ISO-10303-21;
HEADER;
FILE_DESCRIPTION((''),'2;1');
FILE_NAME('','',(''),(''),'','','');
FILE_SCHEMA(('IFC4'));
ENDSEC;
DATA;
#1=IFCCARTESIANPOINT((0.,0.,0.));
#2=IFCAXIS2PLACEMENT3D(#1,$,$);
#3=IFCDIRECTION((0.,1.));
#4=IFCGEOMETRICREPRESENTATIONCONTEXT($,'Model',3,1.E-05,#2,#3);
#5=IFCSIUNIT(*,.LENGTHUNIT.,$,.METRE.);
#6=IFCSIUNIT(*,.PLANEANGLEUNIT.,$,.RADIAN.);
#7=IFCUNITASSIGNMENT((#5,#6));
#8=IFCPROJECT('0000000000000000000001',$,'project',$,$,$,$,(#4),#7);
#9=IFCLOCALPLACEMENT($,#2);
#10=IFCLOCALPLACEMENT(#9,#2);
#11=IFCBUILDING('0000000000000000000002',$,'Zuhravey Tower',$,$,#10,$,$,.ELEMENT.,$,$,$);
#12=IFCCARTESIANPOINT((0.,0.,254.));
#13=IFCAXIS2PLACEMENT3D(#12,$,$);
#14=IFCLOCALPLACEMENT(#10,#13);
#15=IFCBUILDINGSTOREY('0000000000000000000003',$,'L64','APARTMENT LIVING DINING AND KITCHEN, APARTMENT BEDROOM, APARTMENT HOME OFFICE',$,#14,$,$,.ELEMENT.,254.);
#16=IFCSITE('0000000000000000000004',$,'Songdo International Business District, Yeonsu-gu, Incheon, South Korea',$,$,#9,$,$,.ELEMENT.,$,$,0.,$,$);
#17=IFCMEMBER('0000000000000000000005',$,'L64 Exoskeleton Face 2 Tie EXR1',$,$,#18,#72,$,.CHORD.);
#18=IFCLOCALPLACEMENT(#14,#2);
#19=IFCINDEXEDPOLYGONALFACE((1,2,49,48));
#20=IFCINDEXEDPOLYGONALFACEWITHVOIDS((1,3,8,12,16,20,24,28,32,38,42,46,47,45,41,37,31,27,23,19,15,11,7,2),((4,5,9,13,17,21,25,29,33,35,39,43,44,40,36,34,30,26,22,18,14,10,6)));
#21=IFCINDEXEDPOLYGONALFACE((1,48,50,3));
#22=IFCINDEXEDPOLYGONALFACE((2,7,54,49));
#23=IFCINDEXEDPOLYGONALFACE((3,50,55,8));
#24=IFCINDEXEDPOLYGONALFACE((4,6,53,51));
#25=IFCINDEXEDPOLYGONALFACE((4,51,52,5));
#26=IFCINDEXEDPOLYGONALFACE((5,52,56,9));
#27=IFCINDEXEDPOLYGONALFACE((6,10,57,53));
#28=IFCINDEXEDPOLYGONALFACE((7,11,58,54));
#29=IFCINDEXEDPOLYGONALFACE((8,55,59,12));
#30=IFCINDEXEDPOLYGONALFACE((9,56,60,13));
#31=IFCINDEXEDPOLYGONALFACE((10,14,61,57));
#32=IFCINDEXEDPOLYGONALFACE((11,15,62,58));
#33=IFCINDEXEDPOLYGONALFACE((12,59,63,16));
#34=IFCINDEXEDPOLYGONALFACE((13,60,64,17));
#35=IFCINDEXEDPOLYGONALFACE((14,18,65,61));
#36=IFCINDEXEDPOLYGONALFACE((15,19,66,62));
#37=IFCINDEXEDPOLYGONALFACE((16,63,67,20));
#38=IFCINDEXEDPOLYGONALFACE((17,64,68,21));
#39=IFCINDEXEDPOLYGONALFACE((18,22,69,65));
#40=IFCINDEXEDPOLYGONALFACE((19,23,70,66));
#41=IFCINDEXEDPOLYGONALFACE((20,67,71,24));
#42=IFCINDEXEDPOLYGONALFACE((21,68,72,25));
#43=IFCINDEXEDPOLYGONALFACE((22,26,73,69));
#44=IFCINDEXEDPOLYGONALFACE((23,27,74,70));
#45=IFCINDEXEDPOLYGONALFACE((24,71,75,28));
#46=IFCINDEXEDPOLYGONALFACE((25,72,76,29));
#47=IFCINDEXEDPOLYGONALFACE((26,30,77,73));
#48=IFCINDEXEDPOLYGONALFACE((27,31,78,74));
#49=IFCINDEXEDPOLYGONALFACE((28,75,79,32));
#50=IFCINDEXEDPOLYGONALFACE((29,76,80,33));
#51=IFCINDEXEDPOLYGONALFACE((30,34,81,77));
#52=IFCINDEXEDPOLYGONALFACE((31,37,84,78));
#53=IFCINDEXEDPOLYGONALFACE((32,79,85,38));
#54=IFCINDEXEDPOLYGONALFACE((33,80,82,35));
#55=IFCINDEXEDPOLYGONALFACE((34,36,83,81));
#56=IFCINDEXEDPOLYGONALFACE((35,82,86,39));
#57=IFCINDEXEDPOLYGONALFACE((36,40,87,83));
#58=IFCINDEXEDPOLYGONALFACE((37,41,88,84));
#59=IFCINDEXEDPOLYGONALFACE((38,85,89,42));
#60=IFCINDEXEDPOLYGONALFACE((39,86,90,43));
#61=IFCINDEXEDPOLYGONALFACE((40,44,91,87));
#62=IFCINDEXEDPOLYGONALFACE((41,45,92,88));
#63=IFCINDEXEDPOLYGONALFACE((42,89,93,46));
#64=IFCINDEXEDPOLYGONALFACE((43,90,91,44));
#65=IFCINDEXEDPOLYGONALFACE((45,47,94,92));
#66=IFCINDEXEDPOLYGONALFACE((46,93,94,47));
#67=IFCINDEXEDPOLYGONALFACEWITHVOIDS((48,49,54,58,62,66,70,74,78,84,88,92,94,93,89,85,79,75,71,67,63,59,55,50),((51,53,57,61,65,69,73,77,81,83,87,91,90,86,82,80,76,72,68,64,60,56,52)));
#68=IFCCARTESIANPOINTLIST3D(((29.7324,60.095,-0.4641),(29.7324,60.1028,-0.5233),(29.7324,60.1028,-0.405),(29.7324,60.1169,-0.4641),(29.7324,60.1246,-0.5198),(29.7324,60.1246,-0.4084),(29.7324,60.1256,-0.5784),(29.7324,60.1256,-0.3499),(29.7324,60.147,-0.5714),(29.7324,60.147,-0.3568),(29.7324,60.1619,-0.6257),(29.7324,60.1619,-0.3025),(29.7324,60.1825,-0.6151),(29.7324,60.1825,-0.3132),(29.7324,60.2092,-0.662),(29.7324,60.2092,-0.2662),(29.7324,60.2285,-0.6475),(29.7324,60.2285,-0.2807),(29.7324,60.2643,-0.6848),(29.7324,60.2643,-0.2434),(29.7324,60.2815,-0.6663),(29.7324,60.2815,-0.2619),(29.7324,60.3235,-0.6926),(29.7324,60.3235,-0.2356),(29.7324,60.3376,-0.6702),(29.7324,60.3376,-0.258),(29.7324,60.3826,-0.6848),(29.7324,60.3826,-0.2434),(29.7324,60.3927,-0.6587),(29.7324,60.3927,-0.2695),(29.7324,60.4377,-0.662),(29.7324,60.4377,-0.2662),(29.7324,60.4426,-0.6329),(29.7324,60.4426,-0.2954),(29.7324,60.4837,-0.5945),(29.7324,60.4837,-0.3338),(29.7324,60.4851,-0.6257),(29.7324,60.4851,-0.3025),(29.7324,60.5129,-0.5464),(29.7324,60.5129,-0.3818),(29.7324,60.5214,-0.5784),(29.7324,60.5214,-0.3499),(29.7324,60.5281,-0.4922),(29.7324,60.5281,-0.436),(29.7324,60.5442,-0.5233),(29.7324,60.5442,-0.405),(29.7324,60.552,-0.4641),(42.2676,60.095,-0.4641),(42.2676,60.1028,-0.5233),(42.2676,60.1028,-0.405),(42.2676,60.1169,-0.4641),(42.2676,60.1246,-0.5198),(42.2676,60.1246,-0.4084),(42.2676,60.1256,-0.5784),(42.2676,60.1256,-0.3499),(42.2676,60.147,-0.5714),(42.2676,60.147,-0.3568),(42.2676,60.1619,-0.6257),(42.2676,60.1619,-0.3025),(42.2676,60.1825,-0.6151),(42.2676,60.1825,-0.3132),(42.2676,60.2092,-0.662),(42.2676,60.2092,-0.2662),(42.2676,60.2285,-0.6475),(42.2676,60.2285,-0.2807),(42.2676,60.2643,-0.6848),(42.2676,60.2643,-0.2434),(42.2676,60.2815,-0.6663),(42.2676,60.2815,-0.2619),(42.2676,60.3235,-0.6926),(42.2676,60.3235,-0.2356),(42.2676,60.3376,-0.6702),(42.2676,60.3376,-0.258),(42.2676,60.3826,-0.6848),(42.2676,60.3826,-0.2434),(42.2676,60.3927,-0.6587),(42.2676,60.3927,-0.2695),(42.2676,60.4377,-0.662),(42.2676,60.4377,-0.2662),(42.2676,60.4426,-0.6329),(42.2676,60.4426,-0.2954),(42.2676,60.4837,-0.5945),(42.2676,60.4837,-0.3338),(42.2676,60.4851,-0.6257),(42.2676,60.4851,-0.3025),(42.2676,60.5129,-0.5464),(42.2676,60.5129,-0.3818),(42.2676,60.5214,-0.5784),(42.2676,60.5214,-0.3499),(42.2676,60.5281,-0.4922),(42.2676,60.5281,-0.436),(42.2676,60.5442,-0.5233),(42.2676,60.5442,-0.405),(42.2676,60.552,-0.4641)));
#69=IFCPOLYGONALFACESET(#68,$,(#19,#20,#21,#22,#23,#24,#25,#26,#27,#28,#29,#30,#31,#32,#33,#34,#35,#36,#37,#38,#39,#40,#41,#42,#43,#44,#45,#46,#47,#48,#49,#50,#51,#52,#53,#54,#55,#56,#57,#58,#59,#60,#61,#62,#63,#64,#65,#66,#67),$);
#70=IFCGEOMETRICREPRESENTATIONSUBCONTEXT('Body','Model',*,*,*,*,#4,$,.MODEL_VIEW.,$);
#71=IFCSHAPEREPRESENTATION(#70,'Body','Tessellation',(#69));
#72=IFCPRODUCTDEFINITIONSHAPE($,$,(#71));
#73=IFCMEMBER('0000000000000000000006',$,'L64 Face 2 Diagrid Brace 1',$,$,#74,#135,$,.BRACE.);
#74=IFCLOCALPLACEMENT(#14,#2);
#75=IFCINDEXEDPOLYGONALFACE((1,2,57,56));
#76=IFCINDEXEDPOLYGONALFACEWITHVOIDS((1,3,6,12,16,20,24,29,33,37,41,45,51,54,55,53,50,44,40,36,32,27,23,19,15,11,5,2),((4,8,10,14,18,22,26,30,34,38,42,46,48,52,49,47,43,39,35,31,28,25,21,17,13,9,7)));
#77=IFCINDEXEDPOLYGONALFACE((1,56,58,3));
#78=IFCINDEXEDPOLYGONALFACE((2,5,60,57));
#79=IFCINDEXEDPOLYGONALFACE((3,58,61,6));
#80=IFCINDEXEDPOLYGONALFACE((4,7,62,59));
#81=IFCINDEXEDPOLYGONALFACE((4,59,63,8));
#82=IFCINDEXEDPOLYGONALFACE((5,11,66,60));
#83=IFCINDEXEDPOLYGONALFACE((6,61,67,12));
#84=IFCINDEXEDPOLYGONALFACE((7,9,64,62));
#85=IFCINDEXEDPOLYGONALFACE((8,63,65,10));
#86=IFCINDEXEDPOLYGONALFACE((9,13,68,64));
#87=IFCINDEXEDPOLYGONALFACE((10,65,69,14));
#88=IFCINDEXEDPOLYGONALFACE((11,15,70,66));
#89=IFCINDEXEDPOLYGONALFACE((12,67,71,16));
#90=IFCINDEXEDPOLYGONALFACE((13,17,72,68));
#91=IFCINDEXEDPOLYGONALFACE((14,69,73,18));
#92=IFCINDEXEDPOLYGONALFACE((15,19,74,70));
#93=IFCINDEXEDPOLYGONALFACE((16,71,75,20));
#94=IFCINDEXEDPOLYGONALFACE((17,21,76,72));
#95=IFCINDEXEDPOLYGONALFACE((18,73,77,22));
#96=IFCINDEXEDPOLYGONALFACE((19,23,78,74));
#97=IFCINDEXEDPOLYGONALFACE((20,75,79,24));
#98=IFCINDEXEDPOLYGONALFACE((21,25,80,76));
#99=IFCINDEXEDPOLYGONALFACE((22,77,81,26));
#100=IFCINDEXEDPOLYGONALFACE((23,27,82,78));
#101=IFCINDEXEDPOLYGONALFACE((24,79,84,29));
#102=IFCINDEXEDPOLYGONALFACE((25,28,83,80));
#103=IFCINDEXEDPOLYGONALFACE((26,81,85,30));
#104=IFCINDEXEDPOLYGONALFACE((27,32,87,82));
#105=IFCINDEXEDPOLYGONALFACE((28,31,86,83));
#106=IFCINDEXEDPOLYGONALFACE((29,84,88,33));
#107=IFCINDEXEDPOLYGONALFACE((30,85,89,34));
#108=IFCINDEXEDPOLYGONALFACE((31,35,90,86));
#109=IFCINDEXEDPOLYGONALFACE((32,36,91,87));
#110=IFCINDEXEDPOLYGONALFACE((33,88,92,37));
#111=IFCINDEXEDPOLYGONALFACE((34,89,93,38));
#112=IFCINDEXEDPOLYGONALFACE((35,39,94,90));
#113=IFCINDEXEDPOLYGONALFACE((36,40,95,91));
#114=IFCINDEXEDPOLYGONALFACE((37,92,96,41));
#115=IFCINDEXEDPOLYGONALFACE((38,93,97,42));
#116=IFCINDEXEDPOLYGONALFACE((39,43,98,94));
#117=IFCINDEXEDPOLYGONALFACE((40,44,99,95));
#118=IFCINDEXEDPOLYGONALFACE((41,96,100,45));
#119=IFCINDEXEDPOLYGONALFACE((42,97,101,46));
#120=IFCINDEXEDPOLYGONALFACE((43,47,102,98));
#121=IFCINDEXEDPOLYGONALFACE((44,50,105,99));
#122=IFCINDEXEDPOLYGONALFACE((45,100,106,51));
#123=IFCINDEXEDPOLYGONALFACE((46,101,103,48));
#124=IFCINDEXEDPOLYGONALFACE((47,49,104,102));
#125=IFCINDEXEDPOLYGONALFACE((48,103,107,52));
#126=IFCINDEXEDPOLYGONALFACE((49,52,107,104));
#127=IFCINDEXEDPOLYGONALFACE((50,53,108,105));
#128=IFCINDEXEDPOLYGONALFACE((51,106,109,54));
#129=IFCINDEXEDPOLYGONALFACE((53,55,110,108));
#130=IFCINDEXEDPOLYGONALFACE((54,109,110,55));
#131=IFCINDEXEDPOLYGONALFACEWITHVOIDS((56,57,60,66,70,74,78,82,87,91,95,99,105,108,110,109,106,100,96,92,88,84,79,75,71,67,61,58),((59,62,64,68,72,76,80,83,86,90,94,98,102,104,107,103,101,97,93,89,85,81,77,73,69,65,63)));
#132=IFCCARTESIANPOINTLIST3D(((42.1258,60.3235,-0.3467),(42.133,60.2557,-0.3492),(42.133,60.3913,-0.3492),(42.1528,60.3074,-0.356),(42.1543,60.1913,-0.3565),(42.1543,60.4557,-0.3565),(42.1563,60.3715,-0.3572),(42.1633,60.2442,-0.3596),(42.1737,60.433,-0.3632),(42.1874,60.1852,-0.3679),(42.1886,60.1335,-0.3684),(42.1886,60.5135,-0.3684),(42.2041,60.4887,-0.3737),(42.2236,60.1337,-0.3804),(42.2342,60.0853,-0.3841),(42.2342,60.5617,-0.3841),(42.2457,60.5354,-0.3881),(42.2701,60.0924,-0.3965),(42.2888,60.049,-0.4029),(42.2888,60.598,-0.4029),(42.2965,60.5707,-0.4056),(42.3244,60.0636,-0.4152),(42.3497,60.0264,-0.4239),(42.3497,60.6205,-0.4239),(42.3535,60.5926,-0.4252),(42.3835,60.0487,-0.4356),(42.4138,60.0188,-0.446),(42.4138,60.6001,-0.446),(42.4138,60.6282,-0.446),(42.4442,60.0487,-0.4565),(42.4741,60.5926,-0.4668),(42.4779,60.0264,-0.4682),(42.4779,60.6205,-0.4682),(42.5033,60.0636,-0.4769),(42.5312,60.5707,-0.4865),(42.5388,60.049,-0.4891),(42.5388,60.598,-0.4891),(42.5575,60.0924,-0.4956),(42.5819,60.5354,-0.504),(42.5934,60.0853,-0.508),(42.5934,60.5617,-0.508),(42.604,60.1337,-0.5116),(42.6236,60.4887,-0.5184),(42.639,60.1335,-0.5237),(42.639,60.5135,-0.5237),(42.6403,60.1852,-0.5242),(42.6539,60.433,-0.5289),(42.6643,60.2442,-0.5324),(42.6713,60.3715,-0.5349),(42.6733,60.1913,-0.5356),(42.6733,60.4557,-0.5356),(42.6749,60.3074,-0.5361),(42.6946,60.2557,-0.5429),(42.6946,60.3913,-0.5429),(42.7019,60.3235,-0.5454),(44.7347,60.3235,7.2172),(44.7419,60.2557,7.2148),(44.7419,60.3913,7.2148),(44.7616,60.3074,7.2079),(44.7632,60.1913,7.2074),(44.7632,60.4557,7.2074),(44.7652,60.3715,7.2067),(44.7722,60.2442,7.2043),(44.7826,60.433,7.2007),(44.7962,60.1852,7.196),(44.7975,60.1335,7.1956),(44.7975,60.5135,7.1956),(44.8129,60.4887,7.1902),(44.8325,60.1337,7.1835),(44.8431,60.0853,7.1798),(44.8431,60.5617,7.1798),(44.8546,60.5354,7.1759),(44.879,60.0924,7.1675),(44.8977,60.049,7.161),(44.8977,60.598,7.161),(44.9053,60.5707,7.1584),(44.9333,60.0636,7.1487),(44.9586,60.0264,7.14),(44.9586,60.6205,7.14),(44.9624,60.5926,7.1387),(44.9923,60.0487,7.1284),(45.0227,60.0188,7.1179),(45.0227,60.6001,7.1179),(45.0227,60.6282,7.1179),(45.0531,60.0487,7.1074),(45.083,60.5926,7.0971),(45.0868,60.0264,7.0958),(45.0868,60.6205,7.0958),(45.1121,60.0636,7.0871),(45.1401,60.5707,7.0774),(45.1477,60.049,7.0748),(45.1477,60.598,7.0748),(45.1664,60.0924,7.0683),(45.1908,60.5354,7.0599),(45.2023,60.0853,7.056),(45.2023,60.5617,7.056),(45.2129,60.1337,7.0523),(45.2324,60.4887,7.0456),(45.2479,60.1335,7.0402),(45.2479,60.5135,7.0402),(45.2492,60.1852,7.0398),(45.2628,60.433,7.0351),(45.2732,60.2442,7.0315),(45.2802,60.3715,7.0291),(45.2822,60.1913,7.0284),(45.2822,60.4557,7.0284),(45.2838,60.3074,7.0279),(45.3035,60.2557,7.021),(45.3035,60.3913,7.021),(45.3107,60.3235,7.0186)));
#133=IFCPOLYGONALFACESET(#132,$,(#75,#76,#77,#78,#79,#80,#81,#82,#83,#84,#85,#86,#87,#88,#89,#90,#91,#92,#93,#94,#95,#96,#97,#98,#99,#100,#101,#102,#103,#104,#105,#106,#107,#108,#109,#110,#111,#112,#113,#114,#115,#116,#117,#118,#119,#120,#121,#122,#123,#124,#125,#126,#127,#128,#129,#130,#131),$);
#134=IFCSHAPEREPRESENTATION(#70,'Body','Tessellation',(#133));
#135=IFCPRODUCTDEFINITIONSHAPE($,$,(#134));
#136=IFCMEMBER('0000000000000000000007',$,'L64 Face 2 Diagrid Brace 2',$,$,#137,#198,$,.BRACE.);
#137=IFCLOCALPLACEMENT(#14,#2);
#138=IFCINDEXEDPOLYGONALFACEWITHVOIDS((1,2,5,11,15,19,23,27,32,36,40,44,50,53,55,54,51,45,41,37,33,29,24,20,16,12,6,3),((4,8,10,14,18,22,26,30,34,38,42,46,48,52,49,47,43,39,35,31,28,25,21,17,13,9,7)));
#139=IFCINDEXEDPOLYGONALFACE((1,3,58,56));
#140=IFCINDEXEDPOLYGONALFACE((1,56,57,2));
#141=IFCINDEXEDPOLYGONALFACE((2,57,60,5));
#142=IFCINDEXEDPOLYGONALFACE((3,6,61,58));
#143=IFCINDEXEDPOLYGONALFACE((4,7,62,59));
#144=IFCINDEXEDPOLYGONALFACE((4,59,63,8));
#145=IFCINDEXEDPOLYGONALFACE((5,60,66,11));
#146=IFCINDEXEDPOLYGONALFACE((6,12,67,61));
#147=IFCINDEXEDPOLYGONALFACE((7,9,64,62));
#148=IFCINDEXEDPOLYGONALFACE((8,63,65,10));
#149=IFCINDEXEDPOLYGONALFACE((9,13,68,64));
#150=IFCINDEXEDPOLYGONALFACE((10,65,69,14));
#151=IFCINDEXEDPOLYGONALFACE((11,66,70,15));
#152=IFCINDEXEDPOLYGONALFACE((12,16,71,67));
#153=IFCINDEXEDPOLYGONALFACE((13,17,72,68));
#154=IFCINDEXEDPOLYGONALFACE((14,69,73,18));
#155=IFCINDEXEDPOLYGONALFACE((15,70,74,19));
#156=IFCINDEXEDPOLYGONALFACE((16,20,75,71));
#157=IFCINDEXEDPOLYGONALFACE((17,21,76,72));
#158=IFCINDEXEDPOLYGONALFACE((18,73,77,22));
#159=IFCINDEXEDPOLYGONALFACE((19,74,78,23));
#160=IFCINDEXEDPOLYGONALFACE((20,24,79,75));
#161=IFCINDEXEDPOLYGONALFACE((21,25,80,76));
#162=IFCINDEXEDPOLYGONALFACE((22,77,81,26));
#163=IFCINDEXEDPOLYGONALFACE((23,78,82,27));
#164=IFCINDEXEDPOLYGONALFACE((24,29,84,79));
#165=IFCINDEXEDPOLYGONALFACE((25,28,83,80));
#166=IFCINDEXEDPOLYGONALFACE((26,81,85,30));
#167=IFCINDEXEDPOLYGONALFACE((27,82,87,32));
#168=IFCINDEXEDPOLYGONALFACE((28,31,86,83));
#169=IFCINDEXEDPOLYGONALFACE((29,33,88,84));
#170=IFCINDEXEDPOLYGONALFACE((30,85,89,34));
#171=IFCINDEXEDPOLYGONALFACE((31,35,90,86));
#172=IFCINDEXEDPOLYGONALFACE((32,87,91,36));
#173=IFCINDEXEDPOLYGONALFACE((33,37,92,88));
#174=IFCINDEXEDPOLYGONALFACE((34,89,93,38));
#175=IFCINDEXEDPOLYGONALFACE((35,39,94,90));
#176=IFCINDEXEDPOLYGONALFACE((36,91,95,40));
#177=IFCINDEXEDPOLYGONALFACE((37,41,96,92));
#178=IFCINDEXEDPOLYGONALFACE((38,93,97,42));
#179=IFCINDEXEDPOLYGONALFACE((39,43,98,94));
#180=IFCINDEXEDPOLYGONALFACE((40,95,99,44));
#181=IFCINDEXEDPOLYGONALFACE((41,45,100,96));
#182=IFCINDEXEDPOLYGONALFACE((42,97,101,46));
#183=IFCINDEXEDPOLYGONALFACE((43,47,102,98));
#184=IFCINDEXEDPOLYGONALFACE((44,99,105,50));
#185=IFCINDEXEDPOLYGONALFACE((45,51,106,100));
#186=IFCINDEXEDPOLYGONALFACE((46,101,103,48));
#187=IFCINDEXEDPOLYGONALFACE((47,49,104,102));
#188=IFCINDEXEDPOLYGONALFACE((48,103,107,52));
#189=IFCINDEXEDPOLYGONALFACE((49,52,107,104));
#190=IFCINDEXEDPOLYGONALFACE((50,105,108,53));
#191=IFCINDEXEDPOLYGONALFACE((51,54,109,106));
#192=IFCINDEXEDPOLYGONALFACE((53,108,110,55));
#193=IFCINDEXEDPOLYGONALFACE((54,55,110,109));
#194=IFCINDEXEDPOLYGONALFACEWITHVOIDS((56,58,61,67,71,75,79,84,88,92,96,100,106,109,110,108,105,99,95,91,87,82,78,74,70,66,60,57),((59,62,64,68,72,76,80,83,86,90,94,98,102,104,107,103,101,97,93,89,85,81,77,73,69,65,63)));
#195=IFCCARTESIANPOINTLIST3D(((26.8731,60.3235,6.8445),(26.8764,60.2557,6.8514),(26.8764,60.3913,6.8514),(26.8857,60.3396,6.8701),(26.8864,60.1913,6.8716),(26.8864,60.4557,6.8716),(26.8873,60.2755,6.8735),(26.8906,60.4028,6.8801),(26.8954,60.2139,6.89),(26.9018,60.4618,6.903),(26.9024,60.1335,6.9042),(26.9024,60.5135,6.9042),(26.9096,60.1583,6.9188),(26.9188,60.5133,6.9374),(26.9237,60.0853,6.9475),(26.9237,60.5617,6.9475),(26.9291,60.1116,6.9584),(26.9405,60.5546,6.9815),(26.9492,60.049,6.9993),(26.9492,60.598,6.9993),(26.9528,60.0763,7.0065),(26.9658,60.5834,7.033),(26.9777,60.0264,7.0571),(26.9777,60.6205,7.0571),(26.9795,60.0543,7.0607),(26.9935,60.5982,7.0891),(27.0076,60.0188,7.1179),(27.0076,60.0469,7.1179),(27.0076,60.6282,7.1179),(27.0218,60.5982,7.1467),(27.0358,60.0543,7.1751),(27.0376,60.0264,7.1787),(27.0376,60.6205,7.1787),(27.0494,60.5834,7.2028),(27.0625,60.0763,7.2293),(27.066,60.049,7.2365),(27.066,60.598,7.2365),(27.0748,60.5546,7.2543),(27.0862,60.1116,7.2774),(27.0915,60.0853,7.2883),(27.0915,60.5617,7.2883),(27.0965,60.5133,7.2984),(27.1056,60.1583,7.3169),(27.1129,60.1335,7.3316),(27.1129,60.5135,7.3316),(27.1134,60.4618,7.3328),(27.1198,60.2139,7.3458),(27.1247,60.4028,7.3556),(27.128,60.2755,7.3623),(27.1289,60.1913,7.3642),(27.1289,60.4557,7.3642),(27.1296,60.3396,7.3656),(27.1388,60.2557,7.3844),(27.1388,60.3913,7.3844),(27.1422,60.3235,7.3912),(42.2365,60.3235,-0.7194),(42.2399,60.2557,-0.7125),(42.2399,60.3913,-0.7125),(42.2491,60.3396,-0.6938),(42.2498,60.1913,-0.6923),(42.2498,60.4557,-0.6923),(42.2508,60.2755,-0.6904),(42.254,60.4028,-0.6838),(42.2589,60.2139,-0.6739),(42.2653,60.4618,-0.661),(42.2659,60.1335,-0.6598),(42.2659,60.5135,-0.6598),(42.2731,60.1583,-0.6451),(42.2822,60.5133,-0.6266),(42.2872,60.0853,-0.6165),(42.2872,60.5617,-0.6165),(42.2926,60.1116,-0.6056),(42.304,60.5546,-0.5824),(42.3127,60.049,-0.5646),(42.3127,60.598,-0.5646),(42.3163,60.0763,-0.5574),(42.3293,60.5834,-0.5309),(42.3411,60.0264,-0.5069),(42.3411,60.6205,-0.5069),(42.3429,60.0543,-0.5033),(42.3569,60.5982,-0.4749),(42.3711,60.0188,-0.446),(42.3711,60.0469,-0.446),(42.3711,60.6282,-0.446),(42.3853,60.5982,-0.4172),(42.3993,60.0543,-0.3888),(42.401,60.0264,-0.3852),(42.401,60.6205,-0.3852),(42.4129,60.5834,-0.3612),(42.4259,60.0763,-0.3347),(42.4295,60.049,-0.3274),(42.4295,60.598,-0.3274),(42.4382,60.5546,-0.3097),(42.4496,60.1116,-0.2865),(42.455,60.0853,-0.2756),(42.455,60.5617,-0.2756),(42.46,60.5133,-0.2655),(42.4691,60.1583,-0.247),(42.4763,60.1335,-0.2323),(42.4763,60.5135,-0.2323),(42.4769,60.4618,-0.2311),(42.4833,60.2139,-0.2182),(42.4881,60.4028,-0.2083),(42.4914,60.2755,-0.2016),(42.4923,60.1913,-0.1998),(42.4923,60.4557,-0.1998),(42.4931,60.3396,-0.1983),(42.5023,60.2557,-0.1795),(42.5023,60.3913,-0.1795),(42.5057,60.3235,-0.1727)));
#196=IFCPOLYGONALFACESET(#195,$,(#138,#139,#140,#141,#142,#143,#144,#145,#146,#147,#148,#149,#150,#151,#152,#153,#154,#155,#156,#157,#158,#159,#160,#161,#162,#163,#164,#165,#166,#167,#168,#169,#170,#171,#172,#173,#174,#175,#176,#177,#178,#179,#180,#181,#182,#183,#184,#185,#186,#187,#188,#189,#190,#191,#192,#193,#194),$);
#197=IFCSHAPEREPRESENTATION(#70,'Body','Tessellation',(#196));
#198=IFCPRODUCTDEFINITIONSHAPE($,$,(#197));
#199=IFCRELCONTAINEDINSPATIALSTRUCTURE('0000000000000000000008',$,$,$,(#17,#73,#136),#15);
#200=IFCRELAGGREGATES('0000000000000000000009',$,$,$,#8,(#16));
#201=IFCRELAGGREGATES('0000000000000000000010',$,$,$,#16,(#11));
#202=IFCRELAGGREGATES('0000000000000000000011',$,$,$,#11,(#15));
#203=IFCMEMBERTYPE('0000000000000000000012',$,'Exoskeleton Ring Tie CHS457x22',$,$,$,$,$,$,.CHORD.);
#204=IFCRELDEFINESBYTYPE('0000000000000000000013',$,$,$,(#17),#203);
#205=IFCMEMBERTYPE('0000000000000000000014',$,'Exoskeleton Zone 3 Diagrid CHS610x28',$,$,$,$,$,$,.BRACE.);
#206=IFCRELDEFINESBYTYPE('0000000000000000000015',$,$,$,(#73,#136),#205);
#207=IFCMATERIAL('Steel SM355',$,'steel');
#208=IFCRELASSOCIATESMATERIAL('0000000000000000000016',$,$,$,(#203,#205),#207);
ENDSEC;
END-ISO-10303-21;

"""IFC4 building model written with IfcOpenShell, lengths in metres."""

from ifc_helpers import new_model, si_unit, direction, frame, origin, origin_2d, place, context, subcontext, project, spatial, hollow_circle, extrude, material, material_profile, profile_set, type_object, element, save


model = new_model("IFC4")

# Units and contexts
model_context = context("Model", 3, precision=1e-05, world=origin(), true_north=direction((0.0, 1.0)))
body_context = subcontext(model_context, "Body", "Model", "MODEL_VIEW")
ifc_project = project(units=[si_unit("LENGTHUNIT", "METRE"), si_unit("PLANEANGLEUNIT", "RADIAN")], contexts=[model_context])

# Site, building, storey
site_placement = place(None, origin())
site = spatial("IfcSite", under=ifc_project, at=site_placement, Name="Songdo International Business District, Yeonsu-gu, Incheon, South Korea", CompositionType="ELEMENT", RefElevation=0.0)
building_placement = place(site_placement, origin())
building = spatial("IfcBuilding", under=site, at=building_placement, Name="Zuhravey Tower", CompositionType="ELEMENT")
storey_placement = place(building_placement, frame((0.0, 0.0, 254.0)))
storey = spatial("IfcBuildingStorey", under=building, at=storey_placement, Name="L64", Description="APARTMENT LIVING DINING AND KITCHEN, APARTMENT BEDROOM, APARTMENT HOME OFFICE", CompositionType="ELEMENT", Elevation=254.0)

# Members
ifc_material_1 = material(Name="Steel SM355", Category="steel")
ifc_material_profile_1 = material_profile(ifc_material_1, hollow_circle(Radius=0.2285, WallThickness=0.022, at=origin_2d()), Name="CHS-457.2x22")
ifc_profile_set_1 = profile_set([ifc_material_profile_1], Name="Steel SM355")
member_type_1 = type_object("IfcMemberType", Name="Exoskeleton Ring Tie CHS457x22", PredefinedType="CHORD", material=ifc_profile_set_1)
member_1_placement = place(storey_placement, frame((42.2676, 60.3235, -0.4641), z_axis=(-1.0, 0.0, 0.0), x_axis=(0.0, -1.0, 0.0)))
element("IfcMember", 1, at=member_1_placement, inside=storey, type_object=member_type_1, Name="L64 Exoskeleton Face 2 Tie EXR1", PredefinedType="CHORD", context=body_context, shape_type="SweptSolid", body=[
    extrude(hollow_circle(Radius=0.2285, WallThickness=0.022, at=origin_2d()), origin(), (0.0, 0.0, 1.0), 12.5352),
])
ifc_material_profile_2 = material_profile(ifc_material_1, hollow_circle(Radius=0.3047, WallThickness=0.0281, at=origin_2d()), Name="CHS-609.6x28")
ifc_profile_set_2 = profile_set([ifc_material_profile_2], Name="Steel SM355")
member_type_2 = type_object("IfcMemberType", Name="Exoskeleton Zone 3 Diagrid CHS610x28", PredefinedType="BRACE", material=ifc_profile_set_2)
member_2_placement = place(storey_placement, frame((42.4138, 60.3235, -0.446), z_axis=(0.32606, 0.0, 0.945349), x_axis=(0.0, 1.0, 0.0)))
element("IfcMember", 2, at=member_2_placement, inside=storey, type_object=member_type_2, Name="L64 Face 2 Diagrid Brace 1", PredefinedType="BRACE", context=body_context, shape_type="SweptSolid", body=[
    extrude(hollow_circle(Radius=0.3047, WallThickness=0.0281, at=origin_2d()), origin(), (0.0, 0.0, 1.0), 8.0012),
])
member_3_placement = place(storey_placement, frame((42.3711, 60.3235, -0.446), z_axis=(-0.897162, 0.0, 0.441702), x_axis=(0.0, -1.0, 0.0)))
element("IfcMember", 3, at=member_3_placement, inside=storey, type_object=member_type_2, Name="L64 Face 2 Diagrid Brace 2", PredefinedType="BRACE", context=body_context, shape_type="SweptSolid", body=[
    extrude(hollow_circle(Radius=0.3047, WallThickness=0.0281, at=origin_2d()), origin(), (0.0, 0.0, 1.0), 17.1245),
])

save(model, "model.ifc")
